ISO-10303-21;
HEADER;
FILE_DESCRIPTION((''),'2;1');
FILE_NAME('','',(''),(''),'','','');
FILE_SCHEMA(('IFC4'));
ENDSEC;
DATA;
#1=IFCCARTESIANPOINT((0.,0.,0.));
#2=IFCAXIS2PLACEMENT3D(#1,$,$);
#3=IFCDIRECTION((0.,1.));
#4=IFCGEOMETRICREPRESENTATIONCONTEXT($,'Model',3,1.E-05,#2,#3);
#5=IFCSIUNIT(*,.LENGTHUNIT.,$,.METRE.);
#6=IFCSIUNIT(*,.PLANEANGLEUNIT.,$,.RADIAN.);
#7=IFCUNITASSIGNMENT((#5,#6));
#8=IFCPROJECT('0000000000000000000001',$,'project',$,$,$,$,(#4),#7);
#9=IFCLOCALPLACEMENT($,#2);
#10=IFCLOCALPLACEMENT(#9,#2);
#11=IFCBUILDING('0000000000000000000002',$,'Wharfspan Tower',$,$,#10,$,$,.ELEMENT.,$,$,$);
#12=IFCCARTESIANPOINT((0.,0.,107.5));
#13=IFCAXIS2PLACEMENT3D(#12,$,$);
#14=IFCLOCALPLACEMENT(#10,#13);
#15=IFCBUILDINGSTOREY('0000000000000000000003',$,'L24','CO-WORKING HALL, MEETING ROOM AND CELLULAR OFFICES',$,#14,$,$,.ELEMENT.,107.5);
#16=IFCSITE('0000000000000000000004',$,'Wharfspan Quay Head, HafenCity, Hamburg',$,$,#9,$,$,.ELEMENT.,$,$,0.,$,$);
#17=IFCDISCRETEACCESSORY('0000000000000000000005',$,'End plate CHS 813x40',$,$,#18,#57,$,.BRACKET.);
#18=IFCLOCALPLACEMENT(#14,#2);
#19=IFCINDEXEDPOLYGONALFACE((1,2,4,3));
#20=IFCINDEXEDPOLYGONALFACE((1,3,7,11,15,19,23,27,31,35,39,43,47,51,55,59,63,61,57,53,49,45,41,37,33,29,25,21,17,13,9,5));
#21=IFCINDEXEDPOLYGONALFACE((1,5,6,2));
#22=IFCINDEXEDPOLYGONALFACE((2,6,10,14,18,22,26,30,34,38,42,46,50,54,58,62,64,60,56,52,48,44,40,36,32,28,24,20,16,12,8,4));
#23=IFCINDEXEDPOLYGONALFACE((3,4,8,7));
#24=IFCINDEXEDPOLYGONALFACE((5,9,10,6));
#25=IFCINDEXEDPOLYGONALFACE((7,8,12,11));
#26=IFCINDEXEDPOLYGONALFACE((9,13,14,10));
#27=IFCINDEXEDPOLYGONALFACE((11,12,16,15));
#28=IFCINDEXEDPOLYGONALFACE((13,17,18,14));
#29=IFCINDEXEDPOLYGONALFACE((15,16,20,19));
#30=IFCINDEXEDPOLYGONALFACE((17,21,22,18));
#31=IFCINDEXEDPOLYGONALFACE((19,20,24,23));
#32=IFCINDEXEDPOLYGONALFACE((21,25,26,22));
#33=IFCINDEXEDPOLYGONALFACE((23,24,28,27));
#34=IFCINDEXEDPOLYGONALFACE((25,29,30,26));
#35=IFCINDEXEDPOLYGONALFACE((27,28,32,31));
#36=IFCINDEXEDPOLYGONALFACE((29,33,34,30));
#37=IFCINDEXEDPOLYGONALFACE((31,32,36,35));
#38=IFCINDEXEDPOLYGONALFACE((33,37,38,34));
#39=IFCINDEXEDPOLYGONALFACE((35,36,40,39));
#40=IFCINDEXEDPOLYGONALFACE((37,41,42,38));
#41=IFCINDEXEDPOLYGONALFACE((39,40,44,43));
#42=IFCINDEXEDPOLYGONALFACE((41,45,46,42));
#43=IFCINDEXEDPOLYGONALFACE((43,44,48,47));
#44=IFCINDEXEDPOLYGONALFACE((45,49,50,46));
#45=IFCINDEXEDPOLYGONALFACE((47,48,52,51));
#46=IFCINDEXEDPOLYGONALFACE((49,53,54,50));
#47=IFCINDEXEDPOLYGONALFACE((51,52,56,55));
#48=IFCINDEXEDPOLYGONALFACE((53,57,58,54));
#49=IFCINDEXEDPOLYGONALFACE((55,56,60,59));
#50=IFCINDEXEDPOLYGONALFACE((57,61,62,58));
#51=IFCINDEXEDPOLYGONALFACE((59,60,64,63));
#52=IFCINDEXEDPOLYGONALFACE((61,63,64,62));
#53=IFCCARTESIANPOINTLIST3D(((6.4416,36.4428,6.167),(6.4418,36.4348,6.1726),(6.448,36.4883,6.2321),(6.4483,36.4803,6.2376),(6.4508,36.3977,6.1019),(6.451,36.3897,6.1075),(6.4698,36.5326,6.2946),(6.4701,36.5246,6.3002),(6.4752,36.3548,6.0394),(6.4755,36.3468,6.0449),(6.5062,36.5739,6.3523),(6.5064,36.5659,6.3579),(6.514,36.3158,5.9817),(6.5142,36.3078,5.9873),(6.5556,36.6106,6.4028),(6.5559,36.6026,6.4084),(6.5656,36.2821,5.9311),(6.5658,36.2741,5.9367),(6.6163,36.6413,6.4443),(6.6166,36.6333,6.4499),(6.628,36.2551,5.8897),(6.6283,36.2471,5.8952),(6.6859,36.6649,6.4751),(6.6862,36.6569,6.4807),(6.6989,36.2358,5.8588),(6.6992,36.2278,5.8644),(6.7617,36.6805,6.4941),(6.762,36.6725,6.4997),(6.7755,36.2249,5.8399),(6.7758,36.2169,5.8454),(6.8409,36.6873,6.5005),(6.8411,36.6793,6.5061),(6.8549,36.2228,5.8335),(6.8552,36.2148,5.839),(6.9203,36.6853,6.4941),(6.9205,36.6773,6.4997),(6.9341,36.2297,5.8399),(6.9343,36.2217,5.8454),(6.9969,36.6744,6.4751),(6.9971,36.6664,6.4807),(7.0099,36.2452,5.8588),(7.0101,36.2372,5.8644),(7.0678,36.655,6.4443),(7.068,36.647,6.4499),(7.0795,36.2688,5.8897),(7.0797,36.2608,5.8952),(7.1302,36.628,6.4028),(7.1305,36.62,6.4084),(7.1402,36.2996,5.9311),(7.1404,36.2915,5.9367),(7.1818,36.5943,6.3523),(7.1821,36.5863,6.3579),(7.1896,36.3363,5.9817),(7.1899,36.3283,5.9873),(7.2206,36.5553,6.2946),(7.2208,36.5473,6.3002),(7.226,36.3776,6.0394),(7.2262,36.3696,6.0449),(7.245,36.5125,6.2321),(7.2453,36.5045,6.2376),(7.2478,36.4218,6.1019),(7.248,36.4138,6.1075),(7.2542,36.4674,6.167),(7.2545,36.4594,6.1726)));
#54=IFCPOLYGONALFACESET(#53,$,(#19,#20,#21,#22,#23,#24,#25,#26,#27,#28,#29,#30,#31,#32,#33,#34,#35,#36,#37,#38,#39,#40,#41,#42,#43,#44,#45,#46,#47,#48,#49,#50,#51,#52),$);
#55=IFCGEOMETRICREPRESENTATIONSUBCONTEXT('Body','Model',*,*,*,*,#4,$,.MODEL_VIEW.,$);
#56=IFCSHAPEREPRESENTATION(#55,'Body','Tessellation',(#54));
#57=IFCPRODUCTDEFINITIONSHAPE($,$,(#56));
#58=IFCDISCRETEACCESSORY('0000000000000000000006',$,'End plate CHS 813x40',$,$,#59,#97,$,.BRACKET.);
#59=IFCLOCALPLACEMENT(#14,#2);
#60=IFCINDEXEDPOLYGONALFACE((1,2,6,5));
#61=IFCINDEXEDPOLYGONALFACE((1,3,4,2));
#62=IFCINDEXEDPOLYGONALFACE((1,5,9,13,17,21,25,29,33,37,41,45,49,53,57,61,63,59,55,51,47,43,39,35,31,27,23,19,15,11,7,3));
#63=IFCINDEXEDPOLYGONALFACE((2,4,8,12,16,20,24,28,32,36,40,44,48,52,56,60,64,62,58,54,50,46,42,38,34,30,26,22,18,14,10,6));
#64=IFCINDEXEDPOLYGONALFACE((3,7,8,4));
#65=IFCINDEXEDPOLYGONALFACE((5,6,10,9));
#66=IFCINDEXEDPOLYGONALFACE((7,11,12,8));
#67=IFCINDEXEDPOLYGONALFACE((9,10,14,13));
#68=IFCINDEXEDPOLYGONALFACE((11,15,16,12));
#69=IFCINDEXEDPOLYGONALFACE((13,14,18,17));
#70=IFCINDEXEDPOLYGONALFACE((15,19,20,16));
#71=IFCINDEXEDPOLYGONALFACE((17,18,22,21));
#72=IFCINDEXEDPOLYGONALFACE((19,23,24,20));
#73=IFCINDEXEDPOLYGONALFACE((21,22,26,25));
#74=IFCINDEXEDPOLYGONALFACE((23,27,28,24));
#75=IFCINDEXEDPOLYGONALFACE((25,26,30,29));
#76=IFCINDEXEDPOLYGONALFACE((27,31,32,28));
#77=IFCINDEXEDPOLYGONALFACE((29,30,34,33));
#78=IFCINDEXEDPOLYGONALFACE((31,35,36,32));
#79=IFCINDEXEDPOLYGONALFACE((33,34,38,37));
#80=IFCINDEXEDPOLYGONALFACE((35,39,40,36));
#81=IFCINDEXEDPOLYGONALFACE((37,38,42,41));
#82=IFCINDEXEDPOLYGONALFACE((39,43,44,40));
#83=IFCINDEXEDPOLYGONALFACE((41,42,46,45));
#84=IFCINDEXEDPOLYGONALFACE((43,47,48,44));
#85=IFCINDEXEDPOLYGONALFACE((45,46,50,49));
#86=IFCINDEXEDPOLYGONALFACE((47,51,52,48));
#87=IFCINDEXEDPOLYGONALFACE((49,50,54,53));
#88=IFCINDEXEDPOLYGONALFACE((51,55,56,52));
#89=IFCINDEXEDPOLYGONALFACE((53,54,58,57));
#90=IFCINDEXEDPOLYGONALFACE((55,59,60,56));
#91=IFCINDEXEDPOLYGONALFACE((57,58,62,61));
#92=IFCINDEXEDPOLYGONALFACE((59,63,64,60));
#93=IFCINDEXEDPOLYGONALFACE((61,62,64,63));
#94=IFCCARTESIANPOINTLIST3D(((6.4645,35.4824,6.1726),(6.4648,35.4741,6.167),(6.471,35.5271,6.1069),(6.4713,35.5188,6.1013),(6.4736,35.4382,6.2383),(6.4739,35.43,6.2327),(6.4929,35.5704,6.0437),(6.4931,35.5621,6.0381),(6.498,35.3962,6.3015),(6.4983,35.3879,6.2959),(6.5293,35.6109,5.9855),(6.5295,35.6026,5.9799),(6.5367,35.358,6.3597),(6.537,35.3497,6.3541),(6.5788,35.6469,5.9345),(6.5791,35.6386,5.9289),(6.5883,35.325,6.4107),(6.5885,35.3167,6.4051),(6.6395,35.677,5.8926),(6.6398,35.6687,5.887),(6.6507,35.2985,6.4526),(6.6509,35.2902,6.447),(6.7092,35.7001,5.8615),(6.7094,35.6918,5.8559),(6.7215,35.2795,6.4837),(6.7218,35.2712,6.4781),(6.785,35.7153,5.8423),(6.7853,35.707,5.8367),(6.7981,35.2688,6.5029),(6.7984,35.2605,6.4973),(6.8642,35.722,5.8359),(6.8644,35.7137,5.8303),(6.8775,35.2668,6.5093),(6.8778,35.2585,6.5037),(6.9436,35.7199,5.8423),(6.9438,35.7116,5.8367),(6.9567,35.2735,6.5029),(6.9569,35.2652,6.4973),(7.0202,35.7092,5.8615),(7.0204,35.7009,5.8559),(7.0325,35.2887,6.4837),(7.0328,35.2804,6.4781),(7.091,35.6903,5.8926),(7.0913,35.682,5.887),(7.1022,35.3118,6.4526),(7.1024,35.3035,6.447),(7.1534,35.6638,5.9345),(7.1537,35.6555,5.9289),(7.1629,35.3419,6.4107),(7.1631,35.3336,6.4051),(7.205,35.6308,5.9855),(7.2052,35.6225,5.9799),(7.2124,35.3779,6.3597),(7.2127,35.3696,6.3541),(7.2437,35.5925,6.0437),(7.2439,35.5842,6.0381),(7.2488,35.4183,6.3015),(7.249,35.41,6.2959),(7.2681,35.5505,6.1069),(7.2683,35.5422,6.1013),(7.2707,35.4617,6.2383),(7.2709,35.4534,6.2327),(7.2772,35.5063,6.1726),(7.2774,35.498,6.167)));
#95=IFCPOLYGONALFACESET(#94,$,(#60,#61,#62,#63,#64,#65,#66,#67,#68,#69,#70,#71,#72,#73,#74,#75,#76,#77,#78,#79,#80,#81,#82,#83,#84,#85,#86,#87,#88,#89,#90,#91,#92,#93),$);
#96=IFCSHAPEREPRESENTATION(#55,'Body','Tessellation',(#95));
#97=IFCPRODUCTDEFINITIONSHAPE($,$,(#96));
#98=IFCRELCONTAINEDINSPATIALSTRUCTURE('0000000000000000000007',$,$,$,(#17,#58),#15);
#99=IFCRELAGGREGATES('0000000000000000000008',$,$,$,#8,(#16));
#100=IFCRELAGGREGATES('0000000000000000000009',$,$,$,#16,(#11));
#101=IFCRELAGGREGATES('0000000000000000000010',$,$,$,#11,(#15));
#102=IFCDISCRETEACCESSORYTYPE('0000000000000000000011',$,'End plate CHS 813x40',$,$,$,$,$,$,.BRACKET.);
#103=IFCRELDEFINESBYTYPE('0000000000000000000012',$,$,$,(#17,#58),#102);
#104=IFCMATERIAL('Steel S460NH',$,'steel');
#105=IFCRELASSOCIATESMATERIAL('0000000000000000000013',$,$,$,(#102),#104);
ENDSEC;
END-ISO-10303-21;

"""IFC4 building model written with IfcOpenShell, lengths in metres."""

from ifc_helpers import new_model, si_unit, direction, frame, origin, origin_2d, place, context, subcontext, project, spatial, circle, extrude, material, material_profile, profile_set, type_object, element, save


model = new_model("IFC4")

# Units and contexts
model_context = context("Model", 3, precision=1e-05, world=origin(), true_north=direction((0.0, 1.0)))
body_context = subcontext(model_context, "Body", "Model", "MODEL_VIEW")
ifc_project = project(units=[si_unit("LENGTHUNIT", "METRE"), si_unit("PLANEANGLEUNIT", "RADIAN")], contexts=[model_context])

# Site, building, storey
site_placement = place(None, origin())
site = spatial("IfcSite", under=ifc_project, at=site_placement, Name="Wharfspan Quay Head, HafenCity, Hamburg", CompositionType="ELEMENT", RefElevation=0.0)
building_placement = place(site_placement, origin())
building = spatial("IfcBuilding", under=site, at=building_placement, Name="Wharfspan Tower", CompositionType="ELEMENT")
storey_placement = place(building_placement, frame((0.0, 0.0, 107.5)))
storey = spatial("IfcBuildingStorey", under=building, at=storey_placement, Name="L24", Description="CO-WORKING HALL, MEETING ROOM AND CELLULAR OFFICES", CompositionType="ELEMENT", Elevation=107.5)

# Shared definitions
ifc_material_1 = material(Name="Steel S460NH", Category="steel")

# Discrete accessories
ifc_material_profile_1 = material_profile(ifc_material_1, circle(Radius=0.4065, at=origin_2d()))
ifc_profile_set_1 = profile_set([ifc_material_profile_1], Name="Steel S460NH")
discrete_accessory_type = type_object("IfcDiscreteAccessoryType", Name="End plate CHS 813x40", PredefinedType="BRACKET", material=ifc_profile_set_1)
discrete_accessory_1_placement = place(storey_placement, frame((6.8479, 36.4551, 6.167), z_axis=(0.024853, -0.820145, 0.571616), x_axis=(0.999542, 0.03029, 0.000001)))
element("IfcDiscreteAccessory", 1, at=discrete_accessory_1_placement, inside=storey, type_object=discrete_accessory_type, Name="End plate CHS 813x40", PredefinedType="BRACKET", context=body_context, shape_type="SweptSolid", body=[
    extrude(circle(Radius=0.4065, at=origin_2d()), origin(), (0.0, 0.0, 1.0), 0.0098),
])
discrete_accessory_2_placement = place(storey_placement, frame((6.8711, 35.4861, 6.167), z_axis=(-0.024354, 0.828038, 0.560143), x_axis=(-0.999568, -0.029399, 0.0)))
element("IfcDiscreteAccessory", 2, at=discrete_accessory_2_placement, inside=storey, type_object=discrete_accessory_type, Name="End plate CHS 813x40", PredefinedType="BRACKET", context=body_context, shape_type="SweptSolid", body=[
    extrude(circle(Radius=0.4065, at=origin_2d()), origin(), (0.0, 0.0, 1.0), 0.01),
])

save(model, "model.ifc")
